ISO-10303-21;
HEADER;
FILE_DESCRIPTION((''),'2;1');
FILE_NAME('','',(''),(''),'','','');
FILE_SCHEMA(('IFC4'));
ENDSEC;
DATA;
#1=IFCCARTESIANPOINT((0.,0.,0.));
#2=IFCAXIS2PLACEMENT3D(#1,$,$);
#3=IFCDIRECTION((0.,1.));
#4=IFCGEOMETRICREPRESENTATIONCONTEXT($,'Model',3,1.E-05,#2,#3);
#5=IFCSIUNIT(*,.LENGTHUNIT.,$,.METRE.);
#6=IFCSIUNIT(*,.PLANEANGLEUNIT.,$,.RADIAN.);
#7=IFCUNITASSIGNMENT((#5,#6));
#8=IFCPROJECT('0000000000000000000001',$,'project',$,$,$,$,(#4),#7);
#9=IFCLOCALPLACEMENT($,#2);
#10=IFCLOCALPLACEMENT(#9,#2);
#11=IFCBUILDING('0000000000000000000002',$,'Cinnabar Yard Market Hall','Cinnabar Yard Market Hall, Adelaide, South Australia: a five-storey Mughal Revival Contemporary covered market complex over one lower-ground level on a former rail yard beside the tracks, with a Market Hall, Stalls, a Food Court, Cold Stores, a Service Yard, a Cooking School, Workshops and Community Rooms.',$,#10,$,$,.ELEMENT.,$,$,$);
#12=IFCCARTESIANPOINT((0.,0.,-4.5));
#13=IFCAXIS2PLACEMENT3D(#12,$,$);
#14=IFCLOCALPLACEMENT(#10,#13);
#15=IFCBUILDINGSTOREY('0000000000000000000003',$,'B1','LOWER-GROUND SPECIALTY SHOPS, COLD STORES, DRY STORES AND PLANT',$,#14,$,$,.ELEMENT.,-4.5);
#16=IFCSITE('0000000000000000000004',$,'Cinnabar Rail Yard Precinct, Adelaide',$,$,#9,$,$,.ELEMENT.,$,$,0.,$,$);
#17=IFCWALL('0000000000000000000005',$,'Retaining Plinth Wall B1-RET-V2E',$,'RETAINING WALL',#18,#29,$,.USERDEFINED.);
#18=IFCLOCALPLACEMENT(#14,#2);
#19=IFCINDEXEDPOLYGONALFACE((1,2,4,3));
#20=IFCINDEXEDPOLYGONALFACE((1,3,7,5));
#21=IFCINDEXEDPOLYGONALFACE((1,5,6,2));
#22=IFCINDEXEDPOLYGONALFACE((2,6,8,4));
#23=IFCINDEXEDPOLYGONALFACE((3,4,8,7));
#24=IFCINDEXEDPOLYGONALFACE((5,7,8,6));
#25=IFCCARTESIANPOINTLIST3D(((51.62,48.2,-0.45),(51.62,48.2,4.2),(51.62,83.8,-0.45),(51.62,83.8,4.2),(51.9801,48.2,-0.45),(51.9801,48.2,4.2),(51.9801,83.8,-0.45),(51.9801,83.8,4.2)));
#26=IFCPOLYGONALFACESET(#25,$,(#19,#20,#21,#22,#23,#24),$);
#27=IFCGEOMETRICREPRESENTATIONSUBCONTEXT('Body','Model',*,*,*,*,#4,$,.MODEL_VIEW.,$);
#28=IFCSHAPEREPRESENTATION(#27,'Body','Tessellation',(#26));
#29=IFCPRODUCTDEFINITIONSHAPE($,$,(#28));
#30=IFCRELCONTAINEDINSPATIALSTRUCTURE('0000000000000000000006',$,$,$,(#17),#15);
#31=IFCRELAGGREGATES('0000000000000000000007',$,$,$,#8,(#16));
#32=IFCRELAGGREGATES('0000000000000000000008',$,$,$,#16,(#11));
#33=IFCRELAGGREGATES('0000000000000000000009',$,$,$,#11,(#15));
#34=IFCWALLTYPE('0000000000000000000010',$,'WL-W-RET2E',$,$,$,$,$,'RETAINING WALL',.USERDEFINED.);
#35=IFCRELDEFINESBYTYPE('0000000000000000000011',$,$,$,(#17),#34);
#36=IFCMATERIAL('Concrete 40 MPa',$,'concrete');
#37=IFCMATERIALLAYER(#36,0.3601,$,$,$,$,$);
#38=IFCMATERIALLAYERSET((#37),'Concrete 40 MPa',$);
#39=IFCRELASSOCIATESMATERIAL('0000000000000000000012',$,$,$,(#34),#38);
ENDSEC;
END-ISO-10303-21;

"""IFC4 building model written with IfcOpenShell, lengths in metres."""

from ifc_helpers import new_model, si_unit, direction, frame, frame_2d, origin, place, context, subcontext, project, spatial, rectangle, extrude, material, layer, layer_set, type_object, element, save


model = new_model("IFC4")

# Units and contexts
model_context = context("Model", 3, precision=1e-05, world=origin(), true_north=direction((0.0, 1.0)))
body_context = subcontext(model_context, "Body", "Model", "MODEL_VIEW")
ifc_project = project(units=[si_unit("LENGTHUNIT", "METRE"), si_unit("PLANEANGLEUNIT", "RADIAN")], contexts=[model_context])

# Site, building, storey
site_placement = place(None, origin())
site = spatial("IfcSite", under=ifc_project, at=site_placement, Name="Cinnabar Rail Yard Precinct, Adelaide", CompositionType="ELEMENT", RefElevation=0.0)
building_placement = place(site_placement, origin())
building = spatial("IfcBuilding", under=site, at=building_placement, Name="Cinnabar Yard Market Hall", Description="Cinnabar Yard Market Hall, Adelaide, South Australia: a five-storey Mughal Revival Contemporary covered market complex over one lower-ground level on a former rail yard beside the tracks, with a Market Hall, Stalls, a Food Court, Cold Stores, a Service Yard, a Cooking School, Workshops and Community Rooms.", CompositionType="ELEMENT")
storey_placement = place(building_placement, frame((0.0, 0.0, -4.5)))
storey = spatial("IfcBuildingStorey", under=building, at=storey_placement, Name="B1", Description="LOWER-GROUND SPECIALTY SHOPS, COLD STORES, DRY STORES AND PLANT", CompositionType="ELEMENT", Elevation=-4.5)

# Shared definitions
ifc_material_1 = material(Name="Concrete 40 MPa", Category="concrete")

# Wall
ifc_layer_1 = layer(ifc_material_1, 0.3601)
ifc_layer_set_1 = layer_set([ifc_layer_1], Name="Concrete 40 MPa")
wall_type_1 = type_object("IfcWallType", Name="WL-W-RET2E", ElementType="RETAINING WALL", PredefinedType="USERDEFINED", material=ifc_layer_set_1)
wall_1_placement = place(storey_placement, frame((51.8, 48.2, -0.45), z_axis=(0.0, 0.0, 1.0), x_axis=(0.0, 1.0, 0.0)))
element("IfcWall", 1, at=wall_1_placement, inside=storey, type_object=wall_type_1, Name="Retaining Plinth Wall B1-RET-V2E", ObjectType="RETAINING WALL", PredefinedType="USERDEFINED", context=body_context, shape_type="SweptSolid", body=[
    extrude(rectangle(XDim=35.6001, YDim=0.3601, at=frame_2d((17.8, 0.0), x_axis=(1.0, 0.0))), origin(), (0.0, 0.0, 1.0), 4.6499),
])

save(model, "model.ifc")
